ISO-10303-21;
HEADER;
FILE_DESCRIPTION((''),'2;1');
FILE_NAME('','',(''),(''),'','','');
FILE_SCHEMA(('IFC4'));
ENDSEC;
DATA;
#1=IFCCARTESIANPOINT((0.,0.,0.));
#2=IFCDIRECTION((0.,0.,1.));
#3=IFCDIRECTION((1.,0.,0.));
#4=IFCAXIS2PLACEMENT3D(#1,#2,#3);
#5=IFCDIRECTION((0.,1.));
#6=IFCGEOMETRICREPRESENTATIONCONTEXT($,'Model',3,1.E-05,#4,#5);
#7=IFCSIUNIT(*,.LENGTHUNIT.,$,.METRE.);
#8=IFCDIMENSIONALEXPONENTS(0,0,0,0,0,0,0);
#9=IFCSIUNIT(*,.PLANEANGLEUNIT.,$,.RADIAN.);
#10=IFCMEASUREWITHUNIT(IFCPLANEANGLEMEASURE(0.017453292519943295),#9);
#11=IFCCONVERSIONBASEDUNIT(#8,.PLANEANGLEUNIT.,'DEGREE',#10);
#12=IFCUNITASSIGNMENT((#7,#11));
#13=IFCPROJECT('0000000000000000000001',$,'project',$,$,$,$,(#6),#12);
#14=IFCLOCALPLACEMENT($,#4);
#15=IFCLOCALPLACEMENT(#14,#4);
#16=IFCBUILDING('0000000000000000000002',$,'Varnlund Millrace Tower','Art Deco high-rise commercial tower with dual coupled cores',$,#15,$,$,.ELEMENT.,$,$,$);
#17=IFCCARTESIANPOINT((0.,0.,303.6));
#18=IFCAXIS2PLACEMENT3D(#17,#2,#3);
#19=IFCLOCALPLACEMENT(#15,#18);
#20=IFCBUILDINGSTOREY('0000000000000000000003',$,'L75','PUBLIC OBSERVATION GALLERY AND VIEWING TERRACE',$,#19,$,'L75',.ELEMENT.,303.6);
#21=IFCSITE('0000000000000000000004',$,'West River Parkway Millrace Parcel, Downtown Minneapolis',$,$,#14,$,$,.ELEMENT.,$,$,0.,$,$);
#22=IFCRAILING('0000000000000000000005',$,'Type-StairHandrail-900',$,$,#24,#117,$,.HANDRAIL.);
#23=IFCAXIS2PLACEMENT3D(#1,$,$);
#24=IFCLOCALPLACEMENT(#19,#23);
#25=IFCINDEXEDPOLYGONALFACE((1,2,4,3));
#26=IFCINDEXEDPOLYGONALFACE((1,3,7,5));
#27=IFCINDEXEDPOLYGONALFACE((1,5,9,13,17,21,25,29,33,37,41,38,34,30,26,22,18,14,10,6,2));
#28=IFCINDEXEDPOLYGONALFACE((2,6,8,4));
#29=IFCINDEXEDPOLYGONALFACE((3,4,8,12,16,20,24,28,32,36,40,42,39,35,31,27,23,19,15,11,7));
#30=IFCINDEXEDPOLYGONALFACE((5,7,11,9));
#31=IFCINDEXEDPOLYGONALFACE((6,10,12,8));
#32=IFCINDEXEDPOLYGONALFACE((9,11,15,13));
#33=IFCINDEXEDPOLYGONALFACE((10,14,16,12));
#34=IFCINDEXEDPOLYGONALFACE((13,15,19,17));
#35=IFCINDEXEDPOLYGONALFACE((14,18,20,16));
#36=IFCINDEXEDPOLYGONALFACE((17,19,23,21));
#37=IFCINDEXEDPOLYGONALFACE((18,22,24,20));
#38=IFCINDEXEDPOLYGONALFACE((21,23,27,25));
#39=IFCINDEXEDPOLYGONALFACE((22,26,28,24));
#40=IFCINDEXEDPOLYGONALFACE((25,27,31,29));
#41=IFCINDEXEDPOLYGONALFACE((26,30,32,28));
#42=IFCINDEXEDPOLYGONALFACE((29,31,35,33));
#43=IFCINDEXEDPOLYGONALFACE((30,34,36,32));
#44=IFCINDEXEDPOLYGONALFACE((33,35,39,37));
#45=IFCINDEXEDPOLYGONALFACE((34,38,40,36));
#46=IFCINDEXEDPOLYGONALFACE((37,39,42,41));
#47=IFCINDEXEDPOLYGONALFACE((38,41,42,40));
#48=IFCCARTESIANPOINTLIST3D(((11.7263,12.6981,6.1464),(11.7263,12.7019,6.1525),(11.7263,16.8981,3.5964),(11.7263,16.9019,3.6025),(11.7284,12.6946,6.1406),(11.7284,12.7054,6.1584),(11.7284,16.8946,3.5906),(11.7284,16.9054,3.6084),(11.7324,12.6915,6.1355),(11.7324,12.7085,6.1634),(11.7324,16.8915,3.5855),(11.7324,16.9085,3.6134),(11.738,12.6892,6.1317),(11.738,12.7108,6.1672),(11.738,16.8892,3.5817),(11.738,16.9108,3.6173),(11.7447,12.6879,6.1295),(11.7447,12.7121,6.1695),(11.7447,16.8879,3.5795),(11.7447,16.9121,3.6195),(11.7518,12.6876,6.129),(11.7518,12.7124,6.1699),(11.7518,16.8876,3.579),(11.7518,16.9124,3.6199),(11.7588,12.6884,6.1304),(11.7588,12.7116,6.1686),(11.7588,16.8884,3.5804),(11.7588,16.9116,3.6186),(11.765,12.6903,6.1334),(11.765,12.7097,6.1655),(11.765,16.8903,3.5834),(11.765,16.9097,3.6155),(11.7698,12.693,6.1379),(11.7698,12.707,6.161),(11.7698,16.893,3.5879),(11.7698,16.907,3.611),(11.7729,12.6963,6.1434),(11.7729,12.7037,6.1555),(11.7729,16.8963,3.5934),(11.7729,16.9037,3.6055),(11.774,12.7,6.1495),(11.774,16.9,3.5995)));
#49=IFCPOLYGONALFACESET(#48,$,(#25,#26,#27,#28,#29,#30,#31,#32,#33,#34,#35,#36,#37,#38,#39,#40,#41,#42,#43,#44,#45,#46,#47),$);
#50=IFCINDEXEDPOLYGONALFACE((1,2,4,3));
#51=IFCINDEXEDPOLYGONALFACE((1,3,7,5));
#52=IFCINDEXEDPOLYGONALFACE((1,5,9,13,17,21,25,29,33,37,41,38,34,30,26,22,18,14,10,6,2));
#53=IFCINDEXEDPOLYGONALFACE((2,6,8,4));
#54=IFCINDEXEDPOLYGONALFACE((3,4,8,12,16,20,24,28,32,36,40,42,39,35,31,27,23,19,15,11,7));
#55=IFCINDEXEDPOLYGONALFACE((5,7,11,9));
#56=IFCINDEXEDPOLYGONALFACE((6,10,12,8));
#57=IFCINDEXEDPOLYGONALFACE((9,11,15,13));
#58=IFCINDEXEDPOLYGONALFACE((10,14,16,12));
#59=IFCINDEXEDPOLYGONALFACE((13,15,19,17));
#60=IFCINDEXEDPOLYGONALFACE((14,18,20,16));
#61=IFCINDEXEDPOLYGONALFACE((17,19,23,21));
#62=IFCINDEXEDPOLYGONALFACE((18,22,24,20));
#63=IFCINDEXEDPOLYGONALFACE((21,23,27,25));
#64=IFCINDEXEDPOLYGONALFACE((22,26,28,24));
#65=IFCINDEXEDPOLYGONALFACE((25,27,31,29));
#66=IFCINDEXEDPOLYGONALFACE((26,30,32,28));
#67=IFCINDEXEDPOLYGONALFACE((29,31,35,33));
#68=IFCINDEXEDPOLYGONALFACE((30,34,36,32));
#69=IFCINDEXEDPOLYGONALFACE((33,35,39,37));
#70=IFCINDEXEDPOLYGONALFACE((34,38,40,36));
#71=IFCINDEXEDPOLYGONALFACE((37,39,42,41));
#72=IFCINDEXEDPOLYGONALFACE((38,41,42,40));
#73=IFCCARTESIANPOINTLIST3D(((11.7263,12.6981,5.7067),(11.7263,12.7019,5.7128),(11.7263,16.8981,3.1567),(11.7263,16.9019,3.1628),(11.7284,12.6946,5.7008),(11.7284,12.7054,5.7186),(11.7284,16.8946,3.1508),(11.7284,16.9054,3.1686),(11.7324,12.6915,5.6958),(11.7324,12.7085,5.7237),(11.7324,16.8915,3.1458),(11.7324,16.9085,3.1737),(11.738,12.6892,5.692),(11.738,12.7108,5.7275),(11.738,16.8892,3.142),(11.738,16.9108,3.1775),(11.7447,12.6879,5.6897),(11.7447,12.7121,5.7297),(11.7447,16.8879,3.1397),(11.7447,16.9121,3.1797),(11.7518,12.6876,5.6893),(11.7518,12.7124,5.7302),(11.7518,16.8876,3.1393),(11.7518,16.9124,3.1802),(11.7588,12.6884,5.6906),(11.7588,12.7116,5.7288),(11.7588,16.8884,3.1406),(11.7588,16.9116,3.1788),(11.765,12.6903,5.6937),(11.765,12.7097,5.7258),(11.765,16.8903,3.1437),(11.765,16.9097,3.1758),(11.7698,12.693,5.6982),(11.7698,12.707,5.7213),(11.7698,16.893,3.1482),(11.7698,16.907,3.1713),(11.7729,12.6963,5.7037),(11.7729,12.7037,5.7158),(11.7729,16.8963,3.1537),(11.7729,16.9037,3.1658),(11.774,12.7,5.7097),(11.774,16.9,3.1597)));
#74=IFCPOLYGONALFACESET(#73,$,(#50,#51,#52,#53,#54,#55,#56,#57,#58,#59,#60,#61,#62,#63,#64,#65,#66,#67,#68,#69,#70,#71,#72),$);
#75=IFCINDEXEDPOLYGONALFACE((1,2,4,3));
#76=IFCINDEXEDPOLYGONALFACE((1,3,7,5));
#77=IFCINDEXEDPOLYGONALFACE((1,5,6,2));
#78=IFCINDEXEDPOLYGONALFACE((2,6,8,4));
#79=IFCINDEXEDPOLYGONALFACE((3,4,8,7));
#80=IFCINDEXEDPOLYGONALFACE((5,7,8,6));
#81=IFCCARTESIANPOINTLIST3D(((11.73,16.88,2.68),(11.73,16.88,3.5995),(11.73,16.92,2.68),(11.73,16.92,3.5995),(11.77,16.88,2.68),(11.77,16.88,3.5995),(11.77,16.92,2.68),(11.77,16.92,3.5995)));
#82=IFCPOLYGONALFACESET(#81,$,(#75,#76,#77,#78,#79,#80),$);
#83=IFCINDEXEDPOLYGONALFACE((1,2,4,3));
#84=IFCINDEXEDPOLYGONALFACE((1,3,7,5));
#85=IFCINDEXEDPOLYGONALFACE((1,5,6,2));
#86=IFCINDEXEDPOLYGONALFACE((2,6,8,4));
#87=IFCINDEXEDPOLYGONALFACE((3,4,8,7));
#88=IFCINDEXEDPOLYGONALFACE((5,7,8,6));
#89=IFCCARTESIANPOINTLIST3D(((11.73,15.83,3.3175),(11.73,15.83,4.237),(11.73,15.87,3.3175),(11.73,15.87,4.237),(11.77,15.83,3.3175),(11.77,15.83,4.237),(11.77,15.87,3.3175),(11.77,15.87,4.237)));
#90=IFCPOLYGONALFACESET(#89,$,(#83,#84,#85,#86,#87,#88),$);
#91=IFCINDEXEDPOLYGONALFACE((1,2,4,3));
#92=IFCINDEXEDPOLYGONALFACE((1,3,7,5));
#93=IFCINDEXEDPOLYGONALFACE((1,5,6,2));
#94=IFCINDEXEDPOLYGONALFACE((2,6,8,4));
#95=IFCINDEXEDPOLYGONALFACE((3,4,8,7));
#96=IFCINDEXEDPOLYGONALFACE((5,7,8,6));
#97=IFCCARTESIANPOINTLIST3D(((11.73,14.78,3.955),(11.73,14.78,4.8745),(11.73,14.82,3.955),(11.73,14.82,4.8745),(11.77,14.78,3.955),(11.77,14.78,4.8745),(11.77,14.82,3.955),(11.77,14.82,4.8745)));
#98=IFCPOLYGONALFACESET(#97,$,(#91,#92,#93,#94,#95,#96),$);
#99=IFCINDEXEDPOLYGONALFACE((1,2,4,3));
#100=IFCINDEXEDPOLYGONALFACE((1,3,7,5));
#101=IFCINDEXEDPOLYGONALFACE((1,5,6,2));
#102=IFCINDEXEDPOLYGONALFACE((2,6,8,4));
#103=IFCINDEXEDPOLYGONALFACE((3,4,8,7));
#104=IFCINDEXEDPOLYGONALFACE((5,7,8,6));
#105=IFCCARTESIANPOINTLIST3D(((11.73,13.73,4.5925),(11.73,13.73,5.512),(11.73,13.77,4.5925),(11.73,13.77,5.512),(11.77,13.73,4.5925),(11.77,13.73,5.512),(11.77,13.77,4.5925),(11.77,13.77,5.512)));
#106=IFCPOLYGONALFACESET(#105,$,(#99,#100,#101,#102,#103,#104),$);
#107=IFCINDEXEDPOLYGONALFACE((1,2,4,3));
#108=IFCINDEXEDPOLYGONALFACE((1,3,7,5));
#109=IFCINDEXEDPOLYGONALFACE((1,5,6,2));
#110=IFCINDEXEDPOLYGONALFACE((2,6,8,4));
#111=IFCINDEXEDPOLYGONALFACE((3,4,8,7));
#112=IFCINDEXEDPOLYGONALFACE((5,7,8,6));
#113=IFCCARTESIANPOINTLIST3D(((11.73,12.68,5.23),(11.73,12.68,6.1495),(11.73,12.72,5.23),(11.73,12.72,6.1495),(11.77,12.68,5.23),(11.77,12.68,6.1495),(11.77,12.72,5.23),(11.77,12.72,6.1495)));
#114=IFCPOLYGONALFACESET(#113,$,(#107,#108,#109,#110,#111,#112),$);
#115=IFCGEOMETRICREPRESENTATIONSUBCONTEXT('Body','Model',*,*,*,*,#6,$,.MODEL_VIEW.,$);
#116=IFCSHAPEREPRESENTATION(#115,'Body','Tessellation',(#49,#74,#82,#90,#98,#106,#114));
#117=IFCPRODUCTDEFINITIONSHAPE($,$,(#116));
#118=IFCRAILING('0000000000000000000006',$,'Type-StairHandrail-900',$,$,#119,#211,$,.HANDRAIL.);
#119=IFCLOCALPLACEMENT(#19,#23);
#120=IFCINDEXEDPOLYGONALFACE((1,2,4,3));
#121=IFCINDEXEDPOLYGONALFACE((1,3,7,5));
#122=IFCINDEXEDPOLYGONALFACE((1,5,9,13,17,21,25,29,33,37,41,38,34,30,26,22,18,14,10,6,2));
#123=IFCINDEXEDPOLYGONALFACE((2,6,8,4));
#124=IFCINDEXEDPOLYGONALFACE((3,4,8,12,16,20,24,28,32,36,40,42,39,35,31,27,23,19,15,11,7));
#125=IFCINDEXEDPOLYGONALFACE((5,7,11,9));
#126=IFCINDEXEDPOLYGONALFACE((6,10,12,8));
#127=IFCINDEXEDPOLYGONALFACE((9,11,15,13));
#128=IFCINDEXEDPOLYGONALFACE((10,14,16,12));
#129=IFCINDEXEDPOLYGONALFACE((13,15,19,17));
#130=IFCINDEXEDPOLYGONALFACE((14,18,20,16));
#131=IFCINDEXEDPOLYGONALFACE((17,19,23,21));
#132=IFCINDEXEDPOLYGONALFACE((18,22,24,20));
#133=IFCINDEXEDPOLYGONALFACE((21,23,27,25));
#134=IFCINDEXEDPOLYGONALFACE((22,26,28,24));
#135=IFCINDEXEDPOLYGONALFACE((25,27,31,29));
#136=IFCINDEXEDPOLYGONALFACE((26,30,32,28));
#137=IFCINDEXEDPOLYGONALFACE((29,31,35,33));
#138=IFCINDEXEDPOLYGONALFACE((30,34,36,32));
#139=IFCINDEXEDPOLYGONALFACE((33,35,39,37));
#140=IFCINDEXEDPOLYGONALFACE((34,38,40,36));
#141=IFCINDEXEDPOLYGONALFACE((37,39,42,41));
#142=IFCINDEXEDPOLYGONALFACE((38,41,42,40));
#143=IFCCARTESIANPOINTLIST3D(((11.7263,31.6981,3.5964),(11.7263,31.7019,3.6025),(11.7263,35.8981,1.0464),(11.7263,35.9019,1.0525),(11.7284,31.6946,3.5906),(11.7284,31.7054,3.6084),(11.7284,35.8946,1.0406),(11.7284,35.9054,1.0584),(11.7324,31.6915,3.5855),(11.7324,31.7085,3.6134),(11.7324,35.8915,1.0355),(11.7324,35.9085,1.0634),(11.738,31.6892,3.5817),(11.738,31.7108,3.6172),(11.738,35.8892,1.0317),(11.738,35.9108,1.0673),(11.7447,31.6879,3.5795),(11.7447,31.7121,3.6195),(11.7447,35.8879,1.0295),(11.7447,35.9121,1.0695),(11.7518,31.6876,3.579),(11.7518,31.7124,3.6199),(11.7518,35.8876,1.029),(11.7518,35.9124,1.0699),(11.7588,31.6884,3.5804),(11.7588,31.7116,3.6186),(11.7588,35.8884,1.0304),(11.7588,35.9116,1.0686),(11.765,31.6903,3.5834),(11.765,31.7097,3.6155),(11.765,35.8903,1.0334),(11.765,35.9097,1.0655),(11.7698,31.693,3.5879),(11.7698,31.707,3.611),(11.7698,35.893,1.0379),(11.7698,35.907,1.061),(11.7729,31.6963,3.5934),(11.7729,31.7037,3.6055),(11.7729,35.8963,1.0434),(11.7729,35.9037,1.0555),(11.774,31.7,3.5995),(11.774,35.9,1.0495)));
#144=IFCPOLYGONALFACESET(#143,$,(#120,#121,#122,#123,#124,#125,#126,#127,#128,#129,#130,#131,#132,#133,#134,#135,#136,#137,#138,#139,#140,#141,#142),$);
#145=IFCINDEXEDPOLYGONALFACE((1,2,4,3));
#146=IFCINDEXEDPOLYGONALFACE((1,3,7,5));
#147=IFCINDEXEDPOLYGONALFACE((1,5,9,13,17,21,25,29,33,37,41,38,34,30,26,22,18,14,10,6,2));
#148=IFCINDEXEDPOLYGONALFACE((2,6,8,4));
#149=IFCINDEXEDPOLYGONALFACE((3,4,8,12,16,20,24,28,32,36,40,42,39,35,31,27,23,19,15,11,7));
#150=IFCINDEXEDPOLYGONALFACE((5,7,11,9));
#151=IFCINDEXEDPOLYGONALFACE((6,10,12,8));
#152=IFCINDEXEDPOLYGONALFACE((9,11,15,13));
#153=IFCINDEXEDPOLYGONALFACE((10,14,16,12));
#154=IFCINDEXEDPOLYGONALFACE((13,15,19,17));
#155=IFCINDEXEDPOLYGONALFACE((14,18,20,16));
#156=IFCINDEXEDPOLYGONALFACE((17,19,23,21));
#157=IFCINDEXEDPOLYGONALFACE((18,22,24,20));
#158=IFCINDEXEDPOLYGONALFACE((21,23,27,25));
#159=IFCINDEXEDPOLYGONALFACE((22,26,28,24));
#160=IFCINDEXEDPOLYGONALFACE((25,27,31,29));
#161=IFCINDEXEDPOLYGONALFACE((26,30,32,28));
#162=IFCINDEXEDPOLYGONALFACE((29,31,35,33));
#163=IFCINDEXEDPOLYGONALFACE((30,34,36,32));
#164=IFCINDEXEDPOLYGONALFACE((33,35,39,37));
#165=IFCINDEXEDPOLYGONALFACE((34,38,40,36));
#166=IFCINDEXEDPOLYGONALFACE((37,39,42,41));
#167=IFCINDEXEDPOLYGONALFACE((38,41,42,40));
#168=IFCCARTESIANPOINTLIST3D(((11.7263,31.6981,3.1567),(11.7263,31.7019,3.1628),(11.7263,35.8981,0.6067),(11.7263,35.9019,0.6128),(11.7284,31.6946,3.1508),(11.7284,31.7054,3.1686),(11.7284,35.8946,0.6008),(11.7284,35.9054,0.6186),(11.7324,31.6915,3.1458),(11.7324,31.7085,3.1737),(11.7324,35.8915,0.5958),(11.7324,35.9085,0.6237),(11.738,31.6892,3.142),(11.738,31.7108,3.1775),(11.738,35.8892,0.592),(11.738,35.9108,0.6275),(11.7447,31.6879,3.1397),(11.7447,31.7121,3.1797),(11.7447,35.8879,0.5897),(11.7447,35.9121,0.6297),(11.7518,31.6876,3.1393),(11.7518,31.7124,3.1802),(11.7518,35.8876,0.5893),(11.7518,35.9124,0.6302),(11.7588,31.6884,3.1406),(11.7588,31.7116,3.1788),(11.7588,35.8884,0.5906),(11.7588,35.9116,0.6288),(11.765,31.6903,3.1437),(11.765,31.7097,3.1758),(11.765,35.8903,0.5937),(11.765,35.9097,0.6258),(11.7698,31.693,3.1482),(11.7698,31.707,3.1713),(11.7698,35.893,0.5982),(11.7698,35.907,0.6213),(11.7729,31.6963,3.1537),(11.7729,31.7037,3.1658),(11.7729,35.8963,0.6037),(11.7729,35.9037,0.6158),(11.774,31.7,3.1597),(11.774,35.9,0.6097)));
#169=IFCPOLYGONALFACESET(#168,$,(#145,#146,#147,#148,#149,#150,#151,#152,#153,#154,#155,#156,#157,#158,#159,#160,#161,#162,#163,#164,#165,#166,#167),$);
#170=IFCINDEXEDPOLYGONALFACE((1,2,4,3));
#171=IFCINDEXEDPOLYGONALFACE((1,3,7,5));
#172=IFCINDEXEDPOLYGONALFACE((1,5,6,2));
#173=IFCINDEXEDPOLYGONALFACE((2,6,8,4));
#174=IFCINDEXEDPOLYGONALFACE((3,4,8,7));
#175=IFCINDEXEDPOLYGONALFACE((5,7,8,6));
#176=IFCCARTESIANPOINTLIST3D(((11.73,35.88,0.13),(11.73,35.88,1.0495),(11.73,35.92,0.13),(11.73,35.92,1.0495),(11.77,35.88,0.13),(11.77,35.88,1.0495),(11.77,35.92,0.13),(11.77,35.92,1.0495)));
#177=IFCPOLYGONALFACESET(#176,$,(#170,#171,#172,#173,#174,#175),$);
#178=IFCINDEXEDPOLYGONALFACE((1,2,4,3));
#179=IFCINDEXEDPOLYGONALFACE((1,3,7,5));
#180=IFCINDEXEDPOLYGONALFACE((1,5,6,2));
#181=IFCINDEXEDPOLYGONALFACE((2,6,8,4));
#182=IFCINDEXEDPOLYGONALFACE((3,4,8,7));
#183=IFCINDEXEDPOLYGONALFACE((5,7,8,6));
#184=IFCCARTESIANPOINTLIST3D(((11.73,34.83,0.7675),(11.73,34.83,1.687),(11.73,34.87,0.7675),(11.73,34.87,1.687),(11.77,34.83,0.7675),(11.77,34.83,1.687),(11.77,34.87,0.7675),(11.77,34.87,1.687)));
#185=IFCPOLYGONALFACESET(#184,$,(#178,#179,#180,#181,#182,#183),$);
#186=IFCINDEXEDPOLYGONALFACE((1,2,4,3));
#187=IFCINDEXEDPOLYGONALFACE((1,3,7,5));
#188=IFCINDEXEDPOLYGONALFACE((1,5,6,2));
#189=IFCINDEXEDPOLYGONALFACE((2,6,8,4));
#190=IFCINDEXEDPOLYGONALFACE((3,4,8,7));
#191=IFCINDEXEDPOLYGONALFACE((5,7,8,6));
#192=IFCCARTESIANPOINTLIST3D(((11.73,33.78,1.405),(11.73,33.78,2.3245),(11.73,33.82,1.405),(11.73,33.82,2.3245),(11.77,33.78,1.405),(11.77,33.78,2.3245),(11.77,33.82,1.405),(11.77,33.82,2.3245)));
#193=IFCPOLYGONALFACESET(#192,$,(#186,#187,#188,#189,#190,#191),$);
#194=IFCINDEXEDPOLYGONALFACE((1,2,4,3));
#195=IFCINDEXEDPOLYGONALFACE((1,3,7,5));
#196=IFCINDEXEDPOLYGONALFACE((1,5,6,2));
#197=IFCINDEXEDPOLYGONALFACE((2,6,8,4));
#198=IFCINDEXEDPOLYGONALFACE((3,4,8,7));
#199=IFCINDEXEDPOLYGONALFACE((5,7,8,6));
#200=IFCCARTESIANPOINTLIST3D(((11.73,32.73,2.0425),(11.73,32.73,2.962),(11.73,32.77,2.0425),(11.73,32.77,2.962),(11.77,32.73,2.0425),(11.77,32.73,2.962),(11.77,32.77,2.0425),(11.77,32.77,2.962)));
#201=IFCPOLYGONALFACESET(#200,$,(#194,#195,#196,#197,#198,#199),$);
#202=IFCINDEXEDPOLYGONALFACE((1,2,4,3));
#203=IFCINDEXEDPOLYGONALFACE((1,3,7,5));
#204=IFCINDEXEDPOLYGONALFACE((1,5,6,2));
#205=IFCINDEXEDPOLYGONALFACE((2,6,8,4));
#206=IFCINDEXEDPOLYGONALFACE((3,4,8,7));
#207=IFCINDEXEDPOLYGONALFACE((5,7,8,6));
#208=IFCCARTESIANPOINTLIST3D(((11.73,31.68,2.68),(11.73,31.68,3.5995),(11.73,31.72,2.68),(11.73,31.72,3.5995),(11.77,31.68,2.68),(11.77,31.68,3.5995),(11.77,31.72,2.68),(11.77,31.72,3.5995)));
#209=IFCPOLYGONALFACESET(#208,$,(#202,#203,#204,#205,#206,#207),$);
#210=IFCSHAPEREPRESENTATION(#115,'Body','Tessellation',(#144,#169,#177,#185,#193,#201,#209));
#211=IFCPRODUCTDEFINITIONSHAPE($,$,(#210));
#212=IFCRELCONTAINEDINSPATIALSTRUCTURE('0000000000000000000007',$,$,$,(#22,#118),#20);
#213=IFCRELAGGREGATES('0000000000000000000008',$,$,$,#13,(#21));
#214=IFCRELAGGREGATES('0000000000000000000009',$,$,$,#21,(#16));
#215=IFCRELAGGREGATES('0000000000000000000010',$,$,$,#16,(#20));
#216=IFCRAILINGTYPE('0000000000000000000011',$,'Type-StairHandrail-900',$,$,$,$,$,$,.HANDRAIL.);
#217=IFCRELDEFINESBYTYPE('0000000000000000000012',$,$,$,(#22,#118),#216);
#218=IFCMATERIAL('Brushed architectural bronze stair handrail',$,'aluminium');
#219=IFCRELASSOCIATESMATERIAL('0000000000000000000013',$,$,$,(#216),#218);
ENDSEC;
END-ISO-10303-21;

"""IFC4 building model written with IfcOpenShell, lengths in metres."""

from ifc_helpers import new_model, entity, si_unit, converted_unit, direction, frame, origin_with_axes, origin_2d_with_axis, place, context, subcontext, project, spatial, rectangle, circle, extrude, material, type_object, element, save


model = new_model("IFC4")

# Units and contexts
model_context = context("Model", 3, precision=1e-05, world=origin_with_axes(), true_north=direction((0.0, 1.0)))
body_context = subcontext(model_context, "Body", "Model", "MODEL_VIEW")
ifc_project = project(units=[si_unit("LENGTHUNIT", "METRE"), converted_unit("PLANEANGLEUNIT", "DEGREE", entity("IfcPlaneAngleMeasure", 0.017453292519943295), si_unit("PLANEANGLEUNIT", "RADIAN"), dimensions=[0, 0, 0, 0, 0, 0, 0])], contexts=[model_context])

# Site, building, storey
site_placement = place(None, origin_with_axes())
site = spatial("IfcSite", under=ifc_project, at=site_placement, Name="West River Parkway Millrace Parcel, Downtown Minneapolis", CompositionType="ELEMENT", RefElevation=0.0)
building_placement = place(site_placement, origin_with_axes())
building = spatial("IfcBuilding", under=site, at=building_placement, Name="Varnlund Millrace Tower", Description="Art Deco high-rise commercial tower with dual coupled cores", CompositionType="ELEMENT")
storey_placement = place(building_placement, frame((0.0, 0.0, 303.6), z_axis=(0.0, 0.0, 1.0), x_axis=(1.0, 0.0, 0.0)))
storey = spatial("IfcBuildingStorey", under=building, at=storey_placement, Name="L75", Description="PUBLIC OBSERVATION GALLERY AND VIEWING TERRACE", LongName="L75", CompositionType="ELEMENT", Elevation=303.6)

# Railings
ifc_material_1 = material(Name="Brushed architectural bronze stair handrail", Category="aluminium")
railing_type_1 = type_object("IfcRailingType", Name="Type-StairHandrail-900", PredefinedType="HANDRAIL", material=ifc_material_1)
railing_1_placement = place(storey_placement, frame((0.0, 0.0, -303.6), z_axis=(0.0, 0.0, 1.0), x_axis=(1.0, 0.0, 0.0)))
element("IfcRailing", 1, at=railing_1_placement, inside=storey, type_object=railing_type_1, Name="Type-StairHandrail-900", PredefinedType="HANDRAIL", context=body_context, shape_type="SweptSolid", body=[
    extrude(circle(Radius=0.024, at=origin_2d_with_axis()), frame((11.75, 16.9, 307.1995), z_axis=(0.0, -0.854788, 0.518978), x_axis=(1.0, 0.0, 0.0)), (0.0, 0.0, 1.0), 4.9135),
    extrude(circle(Radius=0.024, at=origin_2d_with_axis()), frame((11.75, 16.9, 306.7597), z_axis=(0.0, -0.854788, 0.518978), x_axis=(1.0, 0.0, 0.0)), (0.0, 0.0, 1.0), 4.9135),
    extrude(rectangle(XDim=0.04, YDim=0.04, at=origin_2d_with_axis()), frame((11.75, 16.9, 306.28), z_axis=(0.0, 0.0, 1.0), x_axis=(1.0, 0.0, 0.0)), (0.0, 0.0, 1.0), 0.9195),
    extrude(rectangle(XDim=0.04, YDim=0.04, at=origin_2d_with_axis()), frame((11.75, 15.85, 306.9175), z_axis=(0.0, 0.0, 1.0), x_axis=(1.0, 0.0, 0.0)), (0.0, 0.0, 1.0), 0.9195),
    extrude(rectangle(XDim=0.04, YDim=0.04, at=origin_2d_with_axis()), frame((11.75, 14.8, 307.555), z_axis=(0.0, 0.0, 1.0), x_axis=(1.0, 0.0, 0.0)), (0.0, 0.0, 1.0), 0.9195),
    extrude(rectangle(XDim=0.04, YDim=0.04, at=origin_2d_with_axis()), frame((11.75, 13.75, 308.1925), z_axis=(0.0, 0.0, 1.0), x_axis=(1.0, 0.0, 0.0)), (0.0, 0.0, 1.0), 0.9195),
    extrude(rectangle(XDim=0.04, YDim=0.04, at=origin_2d_with_axis()), frame((11.75, 12.7, 308.83), z_axis=(0.0, 0.0, 1.0), x_axis=(1.0, 0.0, 0.0)), (0.0, 0.0, 1.0), 0.9195),
])
railing_2_placement = place(storey_placement, frame((0.0, 0.0, -303.6), z_axis=(0.0, 0.0, 1.0), x_axis=(1.0, 0.0, 0.0)))
element("IfcRailing", 2, at=railing_2_placement, inside=storey, type_object=railing_type_1, Name="Type-StairHandrail-900", PredefinedType="HANDRAIL", context=body_context, shape_type="SweptSolid", body=[
    extrude(circle(Radius=0.024, at=origin_2d_with_axis()), frame((11.75, 35.9, 304.6495), z_axis=(0.0, -0.854788, 0.518978), x_axis=(1.0, 0.0, 0.0)), (0.0, 0.0, 1.0), 4.9135),
    extrude(circle(Radius=0.024, at=origin_2d_with_axis()), frame((11.75, 35.9, 304.2097), z_axis=(0.0, -0.854788, 0.518978), x_axis=(1.0, 0.0, 0.0)), (0.0, 0.0, 1.0), 4.9135),
    extrude(rectangle(XDim=0.04, YDim=0.04, at=origin_2d_with_axis()), frame((11.75, 35.9, 303.73), z_axis=(0.0, 0.0, 1.0), x_axis=(1.0, 0.0, 0.0)), (0.0, 0.0, 1.0), 0.9195),
    extrude(rectangle(XDim=0.04, YDim=0.04, at=origin_2d_with_axis()), frame((11.75, 34.85, 304.3675), z_axis=(0.0, 0.0, 1.0), x_axis=(1.0, 0.0, 0.0)), (0.0, 0.0, 1.0), 0.9195),
    extrude(rectangle(XDim=0.04, YDim=0.04, at=origin_2d_with_axis()), frame((11.75, 33.8, 305.005), z_axis=(0.0, 0.0, 1.0), x_axis=(1.0, 0.0, 0.0)), (0.0, 0.0, 1.0), 0.9195),
    extrude(rectangle(XDim=0.04, YDim=0.04, at=origin_2d_with_axis()), frame((11.75, 32.75, 305.6425), z_axis=(0.0, 0.0, 1.0), x_axis=(1.0, 0.0, 0.0)), (0.0, 0.0, 1.0), 0.9195),
    extrude(rectangle(XDim=0.04, YDim=0.04, at=origin_2d_with_axis()), frame((11.75, 31.7, 306.28), z_axis=(0.0, 0.0, 1.0), x_axis=(1.0, 0.0, 0.0)), (0.0, 0.0, 1.0), 0.9195),
])

save(model, "model.ifc")
